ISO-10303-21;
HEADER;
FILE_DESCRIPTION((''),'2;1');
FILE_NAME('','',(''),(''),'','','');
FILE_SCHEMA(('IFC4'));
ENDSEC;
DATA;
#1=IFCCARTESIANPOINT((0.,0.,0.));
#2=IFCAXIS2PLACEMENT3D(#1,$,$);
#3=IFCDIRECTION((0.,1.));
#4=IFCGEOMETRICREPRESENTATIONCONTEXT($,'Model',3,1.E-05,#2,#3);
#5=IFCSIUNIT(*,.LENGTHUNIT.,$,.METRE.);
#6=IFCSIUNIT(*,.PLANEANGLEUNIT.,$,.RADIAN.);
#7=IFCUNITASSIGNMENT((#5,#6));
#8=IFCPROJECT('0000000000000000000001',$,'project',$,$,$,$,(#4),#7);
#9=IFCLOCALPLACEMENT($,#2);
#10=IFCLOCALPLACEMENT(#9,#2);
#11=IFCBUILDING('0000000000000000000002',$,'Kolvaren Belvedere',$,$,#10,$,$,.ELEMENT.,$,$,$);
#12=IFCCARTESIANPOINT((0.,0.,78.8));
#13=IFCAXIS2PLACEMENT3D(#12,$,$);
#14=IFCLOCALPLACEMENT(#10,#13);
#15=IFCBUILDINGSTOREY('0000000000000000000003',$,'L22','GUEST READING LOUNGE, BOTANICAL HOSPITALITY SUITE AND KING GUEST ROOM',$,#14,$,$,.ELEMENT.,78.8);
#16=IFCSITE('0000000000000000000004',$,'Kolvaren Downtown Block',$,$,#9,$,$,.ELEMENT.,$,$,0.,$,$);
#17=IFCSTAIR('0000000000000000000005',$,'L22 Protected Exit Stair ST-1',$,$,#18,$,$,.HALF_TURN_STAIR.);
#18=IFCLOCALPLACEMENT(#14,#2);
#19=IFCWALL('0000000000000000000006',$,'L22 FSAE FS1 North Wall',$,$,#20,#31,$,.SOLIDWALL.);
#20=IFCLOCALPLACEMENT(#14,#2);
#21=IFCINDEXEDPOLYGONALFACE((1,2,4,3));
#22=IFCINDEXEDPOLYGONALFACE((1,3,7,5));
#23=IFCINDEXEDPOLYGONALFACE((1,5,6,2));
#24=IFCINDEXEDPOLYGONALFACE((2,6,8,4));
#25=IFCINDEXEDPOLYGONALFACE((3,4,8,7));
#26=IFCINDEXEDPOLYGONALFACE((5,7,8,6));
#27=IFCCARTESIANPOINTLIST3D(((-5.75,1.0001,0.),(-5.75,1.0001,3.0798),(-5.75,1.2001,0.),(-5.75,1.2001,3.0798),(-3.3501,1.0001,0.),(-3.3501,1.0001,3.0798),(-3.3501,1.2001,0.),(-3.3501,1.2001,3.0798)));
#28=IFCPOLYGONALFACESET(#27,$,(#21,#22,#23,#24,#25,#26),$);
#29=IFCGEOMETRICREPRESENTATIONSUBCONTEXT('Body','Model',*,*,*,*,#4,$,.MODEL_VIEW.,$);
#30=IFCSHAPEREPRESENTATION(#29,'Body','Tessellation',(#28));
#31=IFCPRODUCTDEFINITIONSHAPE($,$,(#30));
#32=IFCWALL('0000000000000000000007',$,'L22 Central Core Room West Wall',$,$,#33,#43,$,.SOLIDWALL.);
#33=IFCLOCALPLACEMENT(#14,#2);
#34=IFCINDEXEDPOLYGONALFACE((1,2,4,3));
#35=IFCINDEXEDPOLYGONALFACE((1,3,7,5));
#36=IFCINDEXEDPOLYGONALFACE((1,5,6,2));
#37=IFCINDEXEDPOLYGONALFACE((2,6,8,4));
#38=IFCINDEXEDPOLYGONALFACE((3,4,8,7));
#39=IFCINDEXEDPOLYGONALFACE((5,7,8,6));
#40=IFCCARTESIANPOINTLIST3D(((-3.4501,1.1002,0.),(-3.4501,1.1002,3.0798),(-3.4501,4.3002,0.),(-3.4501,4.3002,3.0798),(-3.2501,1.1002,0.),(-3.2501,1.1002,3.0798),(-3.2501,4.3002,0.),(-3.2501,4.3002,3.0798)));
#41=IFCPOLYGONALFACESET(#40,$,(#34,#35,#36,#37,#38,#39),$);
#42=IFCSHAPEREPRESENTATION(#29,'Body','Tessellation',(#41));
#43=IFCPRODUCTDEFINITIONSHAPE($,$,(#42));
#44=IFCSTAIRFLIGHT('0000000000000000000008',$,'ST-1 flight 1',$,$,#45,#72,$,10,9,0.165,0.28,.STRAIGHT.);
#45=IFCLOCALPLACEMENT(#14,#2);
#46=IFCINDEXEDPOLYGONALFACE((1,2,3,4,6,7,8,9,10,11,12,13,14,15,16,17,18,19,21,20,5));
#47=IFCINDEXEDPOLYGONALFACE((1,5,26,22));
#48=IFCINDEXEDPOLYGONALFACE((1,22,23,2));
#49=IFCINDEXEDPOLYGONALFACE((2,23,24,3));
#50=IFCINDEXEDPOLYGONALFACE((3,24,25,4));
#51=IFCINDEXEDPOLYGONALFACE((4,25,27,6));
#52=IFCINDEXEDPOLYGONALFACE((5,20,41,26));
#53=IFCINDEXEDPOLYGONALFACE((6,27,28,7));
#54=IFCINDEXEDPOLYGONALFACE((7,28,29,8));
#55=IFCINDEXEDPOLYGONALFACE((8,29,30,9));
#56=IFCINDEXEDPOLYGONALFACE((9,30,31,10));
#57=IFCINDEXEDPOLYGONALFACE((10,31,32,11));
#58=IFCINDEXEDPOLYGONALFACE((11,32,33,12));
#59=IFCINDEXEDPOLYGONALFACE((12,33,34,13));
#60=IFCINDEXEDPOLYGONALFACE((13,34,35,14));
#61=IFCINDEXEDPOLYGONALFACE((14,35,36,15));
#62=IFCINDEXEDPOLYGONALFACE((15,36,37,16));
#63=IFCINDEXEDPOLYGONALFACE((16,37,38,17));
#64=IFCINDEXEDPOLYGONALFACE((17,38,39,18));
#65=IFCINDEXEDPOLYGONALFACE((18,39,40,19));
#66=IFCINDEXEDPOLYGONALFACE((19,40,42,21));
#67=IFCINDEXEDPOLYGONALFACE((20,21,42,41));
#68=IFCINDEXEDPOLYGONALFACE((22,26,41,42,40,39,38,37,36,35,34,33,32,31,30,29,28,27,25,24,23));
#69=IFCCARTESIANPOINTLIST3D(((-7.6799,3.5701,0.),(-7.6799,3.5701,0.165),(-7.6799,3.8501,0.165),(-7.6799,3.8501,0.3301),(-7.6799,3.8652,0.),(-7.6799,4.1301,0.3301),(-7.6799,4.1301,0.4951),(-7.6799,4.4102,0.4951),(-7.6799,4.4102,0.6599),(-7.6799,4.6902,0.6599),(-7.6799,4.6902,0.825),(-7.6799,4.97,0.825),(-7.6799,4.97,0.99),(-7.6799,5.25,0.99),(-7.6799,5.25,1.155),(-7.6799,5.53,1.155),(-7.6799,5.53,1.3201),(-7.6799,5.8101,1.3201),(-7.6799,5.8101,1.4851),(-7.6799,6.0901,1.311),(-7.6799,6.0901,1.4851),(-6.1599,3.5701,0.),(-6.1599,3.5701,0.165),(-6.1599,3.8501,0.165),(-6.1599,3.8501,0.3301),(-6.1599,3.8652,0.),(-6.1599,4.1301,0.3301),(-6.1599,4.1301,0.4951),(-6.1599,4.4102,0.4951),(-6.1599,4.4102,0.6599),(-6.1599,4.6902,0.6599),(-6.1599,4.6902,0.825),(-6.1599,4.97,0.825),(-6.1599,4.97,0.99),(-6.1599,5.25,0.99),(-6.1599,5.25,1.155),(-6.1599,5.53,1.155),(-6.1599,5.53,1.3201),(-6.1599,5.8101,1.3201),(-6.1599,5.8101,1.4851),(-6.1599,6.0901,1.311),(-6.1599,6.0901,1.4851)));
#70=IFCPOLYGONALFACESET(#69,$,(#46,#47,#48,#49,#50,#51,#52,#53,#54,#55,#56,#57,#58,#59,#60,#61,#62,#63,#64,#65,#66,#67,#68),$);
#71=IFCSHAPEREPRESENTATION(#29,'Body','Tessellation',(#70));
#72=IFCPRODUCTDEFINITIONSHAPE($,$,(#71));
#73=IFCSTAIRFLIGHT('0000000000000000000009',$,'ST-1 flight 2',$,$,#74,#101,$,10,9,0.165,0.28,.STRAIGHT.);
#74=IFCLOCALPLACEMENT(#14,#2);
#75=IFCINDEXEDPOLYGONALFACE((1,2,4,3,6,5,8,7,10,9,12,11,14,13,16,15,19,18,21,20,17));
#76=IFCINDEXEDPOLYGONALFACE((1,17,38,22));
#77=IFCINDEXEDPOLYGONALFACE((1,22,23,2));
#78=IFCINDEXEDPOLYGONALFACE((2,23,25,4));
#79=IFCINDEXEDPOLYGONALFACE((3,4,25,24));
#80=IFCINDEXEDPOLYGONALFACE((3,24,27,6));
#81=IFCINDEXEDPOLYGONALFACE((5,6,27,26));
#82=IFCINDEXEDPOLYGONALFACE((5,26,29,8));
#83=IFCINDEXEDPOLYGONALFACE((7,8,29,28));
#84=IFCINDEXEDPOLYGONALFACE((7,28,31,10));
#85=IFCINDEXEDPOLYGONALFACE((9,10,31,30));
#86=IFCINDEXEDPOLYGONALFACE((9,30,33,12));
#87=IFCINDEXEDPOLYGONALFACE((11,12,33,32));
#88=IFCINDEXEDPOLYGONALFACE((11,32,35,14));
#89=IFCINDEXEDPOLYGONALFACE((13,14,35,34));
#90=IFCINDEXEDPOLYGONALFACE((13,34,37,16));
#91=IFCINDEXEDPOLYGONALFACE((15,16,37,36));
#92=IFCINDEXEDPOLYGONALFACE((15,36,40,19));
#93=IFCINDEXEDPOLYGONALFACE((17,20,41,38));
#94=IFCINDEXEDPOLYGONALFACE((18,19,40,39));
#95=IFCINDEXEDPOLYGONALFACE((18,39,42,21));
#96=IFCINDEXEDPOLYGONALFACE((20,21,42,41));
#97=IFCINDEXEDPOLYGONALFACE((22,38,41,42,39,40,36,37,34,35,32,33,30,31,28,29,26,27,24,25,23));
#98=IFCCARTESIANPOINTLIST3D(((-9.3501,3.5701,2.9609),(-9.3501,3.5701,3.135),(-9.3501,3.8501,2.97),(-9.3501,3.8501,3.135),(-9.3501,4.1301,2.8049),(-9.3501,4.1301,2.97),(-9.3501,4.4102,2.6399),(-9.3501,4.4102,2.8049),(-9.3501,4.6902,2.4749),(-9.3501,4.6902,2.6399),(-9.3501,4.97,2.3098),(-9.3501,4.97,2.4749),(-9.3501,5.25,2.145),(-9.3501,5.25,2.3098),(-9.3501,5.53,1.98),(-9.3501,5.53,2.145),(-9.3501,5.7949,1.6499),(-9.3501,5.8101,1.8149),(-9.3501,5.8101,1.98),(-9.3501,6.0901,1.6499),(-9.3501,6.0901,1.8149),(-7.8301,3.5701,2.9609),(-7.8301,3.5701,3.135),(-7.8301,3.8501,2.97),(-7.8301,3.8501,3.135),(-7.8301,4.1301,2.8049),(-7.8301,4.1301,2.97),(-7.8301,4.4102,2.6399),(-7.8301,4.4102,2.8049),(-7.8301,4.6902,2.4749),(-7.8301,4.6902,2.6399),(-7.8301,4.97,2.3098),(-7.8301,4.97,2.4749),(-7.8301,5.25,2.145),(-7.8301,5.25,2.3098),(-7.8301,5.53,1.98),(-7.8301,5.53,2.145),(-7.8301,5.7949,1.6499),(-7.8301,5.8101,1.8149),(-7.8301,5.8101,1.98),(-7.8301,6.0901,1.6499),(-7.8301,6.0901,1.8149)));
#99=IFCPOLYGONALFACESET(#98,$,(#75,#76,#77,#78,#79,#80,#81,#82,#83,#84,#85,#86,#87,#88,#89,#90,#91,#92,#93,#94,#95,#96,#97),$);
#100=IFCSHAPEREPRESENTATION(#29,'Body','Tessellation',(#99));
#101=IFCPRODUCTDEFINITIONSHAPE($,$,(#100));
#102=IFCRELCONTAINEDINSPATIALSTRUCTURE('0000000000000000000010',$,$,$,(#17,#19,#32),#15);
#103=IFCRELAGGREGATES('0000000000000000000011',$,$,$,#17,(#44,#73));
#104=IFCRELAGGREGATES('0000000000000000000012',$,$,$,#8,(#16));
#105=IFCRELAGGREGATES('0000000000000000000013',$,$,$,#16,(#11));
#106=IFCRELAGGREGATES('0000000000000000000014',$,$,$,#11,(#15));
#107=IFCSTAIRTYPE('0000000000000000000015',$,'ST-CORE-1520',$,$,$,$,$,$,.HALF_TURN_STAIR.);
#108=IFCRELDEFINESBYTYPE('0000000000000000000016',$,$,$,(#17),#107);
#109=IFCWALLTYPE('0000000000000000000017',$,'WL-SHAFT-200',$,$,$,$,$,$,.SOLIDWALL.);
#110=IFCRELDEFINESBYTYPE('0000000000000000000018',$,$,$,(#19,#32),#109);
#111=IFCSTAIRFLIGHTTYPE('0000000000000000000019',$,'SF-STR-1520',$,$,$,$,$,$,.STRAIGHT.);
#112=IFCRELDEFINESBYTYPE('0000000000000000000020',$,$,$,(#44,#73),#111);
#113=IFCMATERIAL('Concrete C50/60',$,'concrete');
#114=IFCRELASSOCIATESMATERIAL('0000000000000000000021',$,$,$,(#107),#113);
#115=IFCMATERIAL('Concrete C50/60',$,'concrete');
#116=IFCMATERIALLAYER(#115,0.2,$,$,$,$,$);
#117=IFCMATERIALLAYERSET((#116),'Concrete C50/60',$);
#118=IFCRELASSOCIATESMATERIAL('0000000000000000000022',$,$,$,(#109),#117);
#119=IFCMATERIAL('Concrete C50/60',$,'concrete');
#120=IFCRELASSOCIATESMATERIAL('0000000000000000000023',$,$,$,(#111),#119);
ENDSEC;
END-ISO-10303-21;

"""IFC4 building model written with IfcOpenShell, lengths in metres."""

from ifc_helpers import new_model, si_unit, direction, frame, frame_2d, origin, place, context, subcontext, project, spatial, polyline, rectangle, outline, extrude, material, layer, layer_set, type_object, element, aggregate, save


model = new_model("IFC4")

# Units and contexts
model_context = context("Model", 3, precision=1e-05, world=origin(), true_north=direction((0.0, 1.0)))
body_context = subcontext(model_context, "Body", "Model", "MODEL_VIEW")
ifc_project = project(units=[si_unit("LENGTHUNIT", "METRE"), si_unit("PLANEANGLEUNIT", "RADIAN")], contexts=[model_context])

# Site, building, storey
site_placement = place(None, origin())
site = spatial("IfcSite", under=ifc_project, at=site_placement, Name="Kolvaren Downtown Block", CompositionType="ELEMENT", RefElevation=0.0)
building_placement = place(site_placement, origin())
building = spatial("IfcBuilding", under=site, at=building_placement, Name="Kolvaren Belvedere", CompositionType="ELEMENT")
storey_placement = place(building_placement, frame((0.0, 0.0, 78.8)))
storey = spatial("IfcBuildingStorey", under=building, at=storey_placement, Name="L22", Description="GUEST READING LOUNGE, BOTANICAL HOSPITALITY SUITE AND KING GUEST ROOM", CompositionType="ELEMENT", Elevation=78.8)

# Stair
ifc_material_1 = material(Name="Concrete C50/60", Category="concrete")
stair_type = type_object("IfcStairType", Name="ST-CORE-1520", PredefinedType="HALF_TURN_STAIR", material=ifc_material_1)
stair_1_placement = place(storey_placement, origin())
stair_1 = element("IfcStair", 1, at=stair_1_placement, inside=storey, type_object=stair_type, Name="L22 Protected Exit Stair ST-1", PredefinedType="HALF_TURN_STAIR")

# Walls
ifc_material_2 = material(Name="Concrete C50/60", Category="concrete")
ifc_layer_1 = layer(ifc_material_2, 0.2)
ifc_layer_set_1 = layer_set([ifc_layer_1], Name="Concrete C50/60")
wall_type_1 = type_object("IfcWallType", Name="WL-SHAFT-200", PredefinedType="SOLIDWALL", material=ifc_layer_set_1)
wall_1_placement = place(storey_placement, frame((-5.75, 1.1001, 0.0), z_axis=(0.0, 0.0, 1.0), x_axis=(1.0, 0.0, 0.0)))
element("IfcWall", 2, at=wall_1_placement, inside=storey, type_object=wall_type_1, Name="L22 FSAE FS1 North Wall", PredefinedType="SOLIDWALL", context=body_context, shape_type="SweptSolid", body=[
    extrude(rectangle(XDim=2.3999, YDim=0.2, at=frame_2d((1.2, 0.0))), origin(), (0.0, 0.0, 1.0), 3.0798),
])
wall_2_placement = place(storey_placement, frame((-3.3501, 1.1001, 0.0), z_axis=(0.0, 0.0, 1.0), x_axis=(0.0, 1.0, 0.0)))
element("IfcWall", 3, at=wall_2_placement, inside=storey, type_object=wall_type_1, Name="L22 Central Core Room West Wall", PredefinedType="SOLIDWALL", context=body_context, shape_type="SweptSolid", body=[
    extrude(rectangle(XDim=3.2, YDim=0.2, at=frame_2d((1.6001, 0.0))), origin(), (0.0, 0.0, 1.0), 3.0798),
])

# Stair flights
ifc_material_3 = material(Name="Concrete C50/60", Category="concrete")
stair_flight_type = type_object("IfcStairFlightType", Name="SF-STR-1520", PredefinedType="STRAIGHT", material=ifc_material_3)
stair_flight_1_placement = place(storey_placement, frame((-6.9199, 3.5701, 0.0), z_axis=(0.0, 0.0, 1.0), x_axis=(0.0, 1.0, 0.0)))
stair_flight_1 = element("IfcStairFlight", 4, at=stair_flight_1_placement, type_object=stair_flight_type, Name="ST-1 flight 1", NumberOfRisers=10, NumberOfTreads=9, PredefinedType="STRAIGHT", RiserHeight=0.165, TreadLength=0.28, context=body_context, shape_type="SweptSolid", body=[
    extrude(outline(polyline([(0.0, 0.0), (0.0, 0.165), (0.28, 0.165), (0.28, 0.3301), (0.5601, 0.3301), (0.5601, 0.4951), (0.8401, 0.4951), (0.8401, 0.6599), (1.1201, 0.6599), (1.1201, 0.825), (1.3999, 0.825), (1.3999, 0.99), (1.6799, 0.99), (1.6799, 1.155), (1.96, 1.155), (1.96, 1.3201), (2.24, 1.3201), (2.24, 1.4851), (2.52, 1.4851), (2.52, 1.6499), (2.52, 1.311), (0.2952, 0.0), (0.0, 0.0)])), frame((0.0, 0.76, 0.0), z_axis=(0.0, -1.0, 0.0), x_axis=(1.0, 0.0, 0.0)), (0.0, 0.0, 1.0), 1.52),
])
stair_flight_2_placement = place(storey_placement, frame((-8.5901, 6.0901, 1.6499), z_axis=(0.0, 0.0, 1.0), x_axis=(0.0, -1.0, 0.0)))
stair_flight_2 = element("IfcStairFlight", 5, at=stair_flight_2_placement, type_object=stair_flight_type, Name="ST-1 flight 2", NumberOfRisers=10, NumberOfTreads=9, PredefinedType="STRAIGHT", RiserHeight=0.165, TreadLength=0.28, context=body_context, shape_type="SweptSolid", body=[
    extrude(outline(polyline([(0.0, 0.0), (0.0, 0.165), (0.28, 0.165), (0.28, 0.3301), (0.5601, 0.3301), (0.5601, 0.4951), (0.8401, 0.4951), (0.8401, 0.6599), (1.1201, 0.6599), (1.1201, 0.825), (1.3999, 0.825), (1.3999, 0.99), (1.6799, 0.99), (1.6799, 1.155), (1.96, 1.155), (1.96, 1.3201), (2.24, 1.3201), (2.24, 1.4851), (2.52, 1.4851), (2.52, 1.6499), (2.52, 1.311), (0.2952, 0.0), (0.0, 0.0)])), frame((0.0, 0.76, 0.0), z_axis=(0.0, -1.0, 0.0), x_axis=(1.0, 0.0, 0.0)), (0.0, 0.0, 1.0), 1.52),
])
aggregate(stair_1, [stair_flight_1, stair_flight_2])

save(model, "model.ifc")
